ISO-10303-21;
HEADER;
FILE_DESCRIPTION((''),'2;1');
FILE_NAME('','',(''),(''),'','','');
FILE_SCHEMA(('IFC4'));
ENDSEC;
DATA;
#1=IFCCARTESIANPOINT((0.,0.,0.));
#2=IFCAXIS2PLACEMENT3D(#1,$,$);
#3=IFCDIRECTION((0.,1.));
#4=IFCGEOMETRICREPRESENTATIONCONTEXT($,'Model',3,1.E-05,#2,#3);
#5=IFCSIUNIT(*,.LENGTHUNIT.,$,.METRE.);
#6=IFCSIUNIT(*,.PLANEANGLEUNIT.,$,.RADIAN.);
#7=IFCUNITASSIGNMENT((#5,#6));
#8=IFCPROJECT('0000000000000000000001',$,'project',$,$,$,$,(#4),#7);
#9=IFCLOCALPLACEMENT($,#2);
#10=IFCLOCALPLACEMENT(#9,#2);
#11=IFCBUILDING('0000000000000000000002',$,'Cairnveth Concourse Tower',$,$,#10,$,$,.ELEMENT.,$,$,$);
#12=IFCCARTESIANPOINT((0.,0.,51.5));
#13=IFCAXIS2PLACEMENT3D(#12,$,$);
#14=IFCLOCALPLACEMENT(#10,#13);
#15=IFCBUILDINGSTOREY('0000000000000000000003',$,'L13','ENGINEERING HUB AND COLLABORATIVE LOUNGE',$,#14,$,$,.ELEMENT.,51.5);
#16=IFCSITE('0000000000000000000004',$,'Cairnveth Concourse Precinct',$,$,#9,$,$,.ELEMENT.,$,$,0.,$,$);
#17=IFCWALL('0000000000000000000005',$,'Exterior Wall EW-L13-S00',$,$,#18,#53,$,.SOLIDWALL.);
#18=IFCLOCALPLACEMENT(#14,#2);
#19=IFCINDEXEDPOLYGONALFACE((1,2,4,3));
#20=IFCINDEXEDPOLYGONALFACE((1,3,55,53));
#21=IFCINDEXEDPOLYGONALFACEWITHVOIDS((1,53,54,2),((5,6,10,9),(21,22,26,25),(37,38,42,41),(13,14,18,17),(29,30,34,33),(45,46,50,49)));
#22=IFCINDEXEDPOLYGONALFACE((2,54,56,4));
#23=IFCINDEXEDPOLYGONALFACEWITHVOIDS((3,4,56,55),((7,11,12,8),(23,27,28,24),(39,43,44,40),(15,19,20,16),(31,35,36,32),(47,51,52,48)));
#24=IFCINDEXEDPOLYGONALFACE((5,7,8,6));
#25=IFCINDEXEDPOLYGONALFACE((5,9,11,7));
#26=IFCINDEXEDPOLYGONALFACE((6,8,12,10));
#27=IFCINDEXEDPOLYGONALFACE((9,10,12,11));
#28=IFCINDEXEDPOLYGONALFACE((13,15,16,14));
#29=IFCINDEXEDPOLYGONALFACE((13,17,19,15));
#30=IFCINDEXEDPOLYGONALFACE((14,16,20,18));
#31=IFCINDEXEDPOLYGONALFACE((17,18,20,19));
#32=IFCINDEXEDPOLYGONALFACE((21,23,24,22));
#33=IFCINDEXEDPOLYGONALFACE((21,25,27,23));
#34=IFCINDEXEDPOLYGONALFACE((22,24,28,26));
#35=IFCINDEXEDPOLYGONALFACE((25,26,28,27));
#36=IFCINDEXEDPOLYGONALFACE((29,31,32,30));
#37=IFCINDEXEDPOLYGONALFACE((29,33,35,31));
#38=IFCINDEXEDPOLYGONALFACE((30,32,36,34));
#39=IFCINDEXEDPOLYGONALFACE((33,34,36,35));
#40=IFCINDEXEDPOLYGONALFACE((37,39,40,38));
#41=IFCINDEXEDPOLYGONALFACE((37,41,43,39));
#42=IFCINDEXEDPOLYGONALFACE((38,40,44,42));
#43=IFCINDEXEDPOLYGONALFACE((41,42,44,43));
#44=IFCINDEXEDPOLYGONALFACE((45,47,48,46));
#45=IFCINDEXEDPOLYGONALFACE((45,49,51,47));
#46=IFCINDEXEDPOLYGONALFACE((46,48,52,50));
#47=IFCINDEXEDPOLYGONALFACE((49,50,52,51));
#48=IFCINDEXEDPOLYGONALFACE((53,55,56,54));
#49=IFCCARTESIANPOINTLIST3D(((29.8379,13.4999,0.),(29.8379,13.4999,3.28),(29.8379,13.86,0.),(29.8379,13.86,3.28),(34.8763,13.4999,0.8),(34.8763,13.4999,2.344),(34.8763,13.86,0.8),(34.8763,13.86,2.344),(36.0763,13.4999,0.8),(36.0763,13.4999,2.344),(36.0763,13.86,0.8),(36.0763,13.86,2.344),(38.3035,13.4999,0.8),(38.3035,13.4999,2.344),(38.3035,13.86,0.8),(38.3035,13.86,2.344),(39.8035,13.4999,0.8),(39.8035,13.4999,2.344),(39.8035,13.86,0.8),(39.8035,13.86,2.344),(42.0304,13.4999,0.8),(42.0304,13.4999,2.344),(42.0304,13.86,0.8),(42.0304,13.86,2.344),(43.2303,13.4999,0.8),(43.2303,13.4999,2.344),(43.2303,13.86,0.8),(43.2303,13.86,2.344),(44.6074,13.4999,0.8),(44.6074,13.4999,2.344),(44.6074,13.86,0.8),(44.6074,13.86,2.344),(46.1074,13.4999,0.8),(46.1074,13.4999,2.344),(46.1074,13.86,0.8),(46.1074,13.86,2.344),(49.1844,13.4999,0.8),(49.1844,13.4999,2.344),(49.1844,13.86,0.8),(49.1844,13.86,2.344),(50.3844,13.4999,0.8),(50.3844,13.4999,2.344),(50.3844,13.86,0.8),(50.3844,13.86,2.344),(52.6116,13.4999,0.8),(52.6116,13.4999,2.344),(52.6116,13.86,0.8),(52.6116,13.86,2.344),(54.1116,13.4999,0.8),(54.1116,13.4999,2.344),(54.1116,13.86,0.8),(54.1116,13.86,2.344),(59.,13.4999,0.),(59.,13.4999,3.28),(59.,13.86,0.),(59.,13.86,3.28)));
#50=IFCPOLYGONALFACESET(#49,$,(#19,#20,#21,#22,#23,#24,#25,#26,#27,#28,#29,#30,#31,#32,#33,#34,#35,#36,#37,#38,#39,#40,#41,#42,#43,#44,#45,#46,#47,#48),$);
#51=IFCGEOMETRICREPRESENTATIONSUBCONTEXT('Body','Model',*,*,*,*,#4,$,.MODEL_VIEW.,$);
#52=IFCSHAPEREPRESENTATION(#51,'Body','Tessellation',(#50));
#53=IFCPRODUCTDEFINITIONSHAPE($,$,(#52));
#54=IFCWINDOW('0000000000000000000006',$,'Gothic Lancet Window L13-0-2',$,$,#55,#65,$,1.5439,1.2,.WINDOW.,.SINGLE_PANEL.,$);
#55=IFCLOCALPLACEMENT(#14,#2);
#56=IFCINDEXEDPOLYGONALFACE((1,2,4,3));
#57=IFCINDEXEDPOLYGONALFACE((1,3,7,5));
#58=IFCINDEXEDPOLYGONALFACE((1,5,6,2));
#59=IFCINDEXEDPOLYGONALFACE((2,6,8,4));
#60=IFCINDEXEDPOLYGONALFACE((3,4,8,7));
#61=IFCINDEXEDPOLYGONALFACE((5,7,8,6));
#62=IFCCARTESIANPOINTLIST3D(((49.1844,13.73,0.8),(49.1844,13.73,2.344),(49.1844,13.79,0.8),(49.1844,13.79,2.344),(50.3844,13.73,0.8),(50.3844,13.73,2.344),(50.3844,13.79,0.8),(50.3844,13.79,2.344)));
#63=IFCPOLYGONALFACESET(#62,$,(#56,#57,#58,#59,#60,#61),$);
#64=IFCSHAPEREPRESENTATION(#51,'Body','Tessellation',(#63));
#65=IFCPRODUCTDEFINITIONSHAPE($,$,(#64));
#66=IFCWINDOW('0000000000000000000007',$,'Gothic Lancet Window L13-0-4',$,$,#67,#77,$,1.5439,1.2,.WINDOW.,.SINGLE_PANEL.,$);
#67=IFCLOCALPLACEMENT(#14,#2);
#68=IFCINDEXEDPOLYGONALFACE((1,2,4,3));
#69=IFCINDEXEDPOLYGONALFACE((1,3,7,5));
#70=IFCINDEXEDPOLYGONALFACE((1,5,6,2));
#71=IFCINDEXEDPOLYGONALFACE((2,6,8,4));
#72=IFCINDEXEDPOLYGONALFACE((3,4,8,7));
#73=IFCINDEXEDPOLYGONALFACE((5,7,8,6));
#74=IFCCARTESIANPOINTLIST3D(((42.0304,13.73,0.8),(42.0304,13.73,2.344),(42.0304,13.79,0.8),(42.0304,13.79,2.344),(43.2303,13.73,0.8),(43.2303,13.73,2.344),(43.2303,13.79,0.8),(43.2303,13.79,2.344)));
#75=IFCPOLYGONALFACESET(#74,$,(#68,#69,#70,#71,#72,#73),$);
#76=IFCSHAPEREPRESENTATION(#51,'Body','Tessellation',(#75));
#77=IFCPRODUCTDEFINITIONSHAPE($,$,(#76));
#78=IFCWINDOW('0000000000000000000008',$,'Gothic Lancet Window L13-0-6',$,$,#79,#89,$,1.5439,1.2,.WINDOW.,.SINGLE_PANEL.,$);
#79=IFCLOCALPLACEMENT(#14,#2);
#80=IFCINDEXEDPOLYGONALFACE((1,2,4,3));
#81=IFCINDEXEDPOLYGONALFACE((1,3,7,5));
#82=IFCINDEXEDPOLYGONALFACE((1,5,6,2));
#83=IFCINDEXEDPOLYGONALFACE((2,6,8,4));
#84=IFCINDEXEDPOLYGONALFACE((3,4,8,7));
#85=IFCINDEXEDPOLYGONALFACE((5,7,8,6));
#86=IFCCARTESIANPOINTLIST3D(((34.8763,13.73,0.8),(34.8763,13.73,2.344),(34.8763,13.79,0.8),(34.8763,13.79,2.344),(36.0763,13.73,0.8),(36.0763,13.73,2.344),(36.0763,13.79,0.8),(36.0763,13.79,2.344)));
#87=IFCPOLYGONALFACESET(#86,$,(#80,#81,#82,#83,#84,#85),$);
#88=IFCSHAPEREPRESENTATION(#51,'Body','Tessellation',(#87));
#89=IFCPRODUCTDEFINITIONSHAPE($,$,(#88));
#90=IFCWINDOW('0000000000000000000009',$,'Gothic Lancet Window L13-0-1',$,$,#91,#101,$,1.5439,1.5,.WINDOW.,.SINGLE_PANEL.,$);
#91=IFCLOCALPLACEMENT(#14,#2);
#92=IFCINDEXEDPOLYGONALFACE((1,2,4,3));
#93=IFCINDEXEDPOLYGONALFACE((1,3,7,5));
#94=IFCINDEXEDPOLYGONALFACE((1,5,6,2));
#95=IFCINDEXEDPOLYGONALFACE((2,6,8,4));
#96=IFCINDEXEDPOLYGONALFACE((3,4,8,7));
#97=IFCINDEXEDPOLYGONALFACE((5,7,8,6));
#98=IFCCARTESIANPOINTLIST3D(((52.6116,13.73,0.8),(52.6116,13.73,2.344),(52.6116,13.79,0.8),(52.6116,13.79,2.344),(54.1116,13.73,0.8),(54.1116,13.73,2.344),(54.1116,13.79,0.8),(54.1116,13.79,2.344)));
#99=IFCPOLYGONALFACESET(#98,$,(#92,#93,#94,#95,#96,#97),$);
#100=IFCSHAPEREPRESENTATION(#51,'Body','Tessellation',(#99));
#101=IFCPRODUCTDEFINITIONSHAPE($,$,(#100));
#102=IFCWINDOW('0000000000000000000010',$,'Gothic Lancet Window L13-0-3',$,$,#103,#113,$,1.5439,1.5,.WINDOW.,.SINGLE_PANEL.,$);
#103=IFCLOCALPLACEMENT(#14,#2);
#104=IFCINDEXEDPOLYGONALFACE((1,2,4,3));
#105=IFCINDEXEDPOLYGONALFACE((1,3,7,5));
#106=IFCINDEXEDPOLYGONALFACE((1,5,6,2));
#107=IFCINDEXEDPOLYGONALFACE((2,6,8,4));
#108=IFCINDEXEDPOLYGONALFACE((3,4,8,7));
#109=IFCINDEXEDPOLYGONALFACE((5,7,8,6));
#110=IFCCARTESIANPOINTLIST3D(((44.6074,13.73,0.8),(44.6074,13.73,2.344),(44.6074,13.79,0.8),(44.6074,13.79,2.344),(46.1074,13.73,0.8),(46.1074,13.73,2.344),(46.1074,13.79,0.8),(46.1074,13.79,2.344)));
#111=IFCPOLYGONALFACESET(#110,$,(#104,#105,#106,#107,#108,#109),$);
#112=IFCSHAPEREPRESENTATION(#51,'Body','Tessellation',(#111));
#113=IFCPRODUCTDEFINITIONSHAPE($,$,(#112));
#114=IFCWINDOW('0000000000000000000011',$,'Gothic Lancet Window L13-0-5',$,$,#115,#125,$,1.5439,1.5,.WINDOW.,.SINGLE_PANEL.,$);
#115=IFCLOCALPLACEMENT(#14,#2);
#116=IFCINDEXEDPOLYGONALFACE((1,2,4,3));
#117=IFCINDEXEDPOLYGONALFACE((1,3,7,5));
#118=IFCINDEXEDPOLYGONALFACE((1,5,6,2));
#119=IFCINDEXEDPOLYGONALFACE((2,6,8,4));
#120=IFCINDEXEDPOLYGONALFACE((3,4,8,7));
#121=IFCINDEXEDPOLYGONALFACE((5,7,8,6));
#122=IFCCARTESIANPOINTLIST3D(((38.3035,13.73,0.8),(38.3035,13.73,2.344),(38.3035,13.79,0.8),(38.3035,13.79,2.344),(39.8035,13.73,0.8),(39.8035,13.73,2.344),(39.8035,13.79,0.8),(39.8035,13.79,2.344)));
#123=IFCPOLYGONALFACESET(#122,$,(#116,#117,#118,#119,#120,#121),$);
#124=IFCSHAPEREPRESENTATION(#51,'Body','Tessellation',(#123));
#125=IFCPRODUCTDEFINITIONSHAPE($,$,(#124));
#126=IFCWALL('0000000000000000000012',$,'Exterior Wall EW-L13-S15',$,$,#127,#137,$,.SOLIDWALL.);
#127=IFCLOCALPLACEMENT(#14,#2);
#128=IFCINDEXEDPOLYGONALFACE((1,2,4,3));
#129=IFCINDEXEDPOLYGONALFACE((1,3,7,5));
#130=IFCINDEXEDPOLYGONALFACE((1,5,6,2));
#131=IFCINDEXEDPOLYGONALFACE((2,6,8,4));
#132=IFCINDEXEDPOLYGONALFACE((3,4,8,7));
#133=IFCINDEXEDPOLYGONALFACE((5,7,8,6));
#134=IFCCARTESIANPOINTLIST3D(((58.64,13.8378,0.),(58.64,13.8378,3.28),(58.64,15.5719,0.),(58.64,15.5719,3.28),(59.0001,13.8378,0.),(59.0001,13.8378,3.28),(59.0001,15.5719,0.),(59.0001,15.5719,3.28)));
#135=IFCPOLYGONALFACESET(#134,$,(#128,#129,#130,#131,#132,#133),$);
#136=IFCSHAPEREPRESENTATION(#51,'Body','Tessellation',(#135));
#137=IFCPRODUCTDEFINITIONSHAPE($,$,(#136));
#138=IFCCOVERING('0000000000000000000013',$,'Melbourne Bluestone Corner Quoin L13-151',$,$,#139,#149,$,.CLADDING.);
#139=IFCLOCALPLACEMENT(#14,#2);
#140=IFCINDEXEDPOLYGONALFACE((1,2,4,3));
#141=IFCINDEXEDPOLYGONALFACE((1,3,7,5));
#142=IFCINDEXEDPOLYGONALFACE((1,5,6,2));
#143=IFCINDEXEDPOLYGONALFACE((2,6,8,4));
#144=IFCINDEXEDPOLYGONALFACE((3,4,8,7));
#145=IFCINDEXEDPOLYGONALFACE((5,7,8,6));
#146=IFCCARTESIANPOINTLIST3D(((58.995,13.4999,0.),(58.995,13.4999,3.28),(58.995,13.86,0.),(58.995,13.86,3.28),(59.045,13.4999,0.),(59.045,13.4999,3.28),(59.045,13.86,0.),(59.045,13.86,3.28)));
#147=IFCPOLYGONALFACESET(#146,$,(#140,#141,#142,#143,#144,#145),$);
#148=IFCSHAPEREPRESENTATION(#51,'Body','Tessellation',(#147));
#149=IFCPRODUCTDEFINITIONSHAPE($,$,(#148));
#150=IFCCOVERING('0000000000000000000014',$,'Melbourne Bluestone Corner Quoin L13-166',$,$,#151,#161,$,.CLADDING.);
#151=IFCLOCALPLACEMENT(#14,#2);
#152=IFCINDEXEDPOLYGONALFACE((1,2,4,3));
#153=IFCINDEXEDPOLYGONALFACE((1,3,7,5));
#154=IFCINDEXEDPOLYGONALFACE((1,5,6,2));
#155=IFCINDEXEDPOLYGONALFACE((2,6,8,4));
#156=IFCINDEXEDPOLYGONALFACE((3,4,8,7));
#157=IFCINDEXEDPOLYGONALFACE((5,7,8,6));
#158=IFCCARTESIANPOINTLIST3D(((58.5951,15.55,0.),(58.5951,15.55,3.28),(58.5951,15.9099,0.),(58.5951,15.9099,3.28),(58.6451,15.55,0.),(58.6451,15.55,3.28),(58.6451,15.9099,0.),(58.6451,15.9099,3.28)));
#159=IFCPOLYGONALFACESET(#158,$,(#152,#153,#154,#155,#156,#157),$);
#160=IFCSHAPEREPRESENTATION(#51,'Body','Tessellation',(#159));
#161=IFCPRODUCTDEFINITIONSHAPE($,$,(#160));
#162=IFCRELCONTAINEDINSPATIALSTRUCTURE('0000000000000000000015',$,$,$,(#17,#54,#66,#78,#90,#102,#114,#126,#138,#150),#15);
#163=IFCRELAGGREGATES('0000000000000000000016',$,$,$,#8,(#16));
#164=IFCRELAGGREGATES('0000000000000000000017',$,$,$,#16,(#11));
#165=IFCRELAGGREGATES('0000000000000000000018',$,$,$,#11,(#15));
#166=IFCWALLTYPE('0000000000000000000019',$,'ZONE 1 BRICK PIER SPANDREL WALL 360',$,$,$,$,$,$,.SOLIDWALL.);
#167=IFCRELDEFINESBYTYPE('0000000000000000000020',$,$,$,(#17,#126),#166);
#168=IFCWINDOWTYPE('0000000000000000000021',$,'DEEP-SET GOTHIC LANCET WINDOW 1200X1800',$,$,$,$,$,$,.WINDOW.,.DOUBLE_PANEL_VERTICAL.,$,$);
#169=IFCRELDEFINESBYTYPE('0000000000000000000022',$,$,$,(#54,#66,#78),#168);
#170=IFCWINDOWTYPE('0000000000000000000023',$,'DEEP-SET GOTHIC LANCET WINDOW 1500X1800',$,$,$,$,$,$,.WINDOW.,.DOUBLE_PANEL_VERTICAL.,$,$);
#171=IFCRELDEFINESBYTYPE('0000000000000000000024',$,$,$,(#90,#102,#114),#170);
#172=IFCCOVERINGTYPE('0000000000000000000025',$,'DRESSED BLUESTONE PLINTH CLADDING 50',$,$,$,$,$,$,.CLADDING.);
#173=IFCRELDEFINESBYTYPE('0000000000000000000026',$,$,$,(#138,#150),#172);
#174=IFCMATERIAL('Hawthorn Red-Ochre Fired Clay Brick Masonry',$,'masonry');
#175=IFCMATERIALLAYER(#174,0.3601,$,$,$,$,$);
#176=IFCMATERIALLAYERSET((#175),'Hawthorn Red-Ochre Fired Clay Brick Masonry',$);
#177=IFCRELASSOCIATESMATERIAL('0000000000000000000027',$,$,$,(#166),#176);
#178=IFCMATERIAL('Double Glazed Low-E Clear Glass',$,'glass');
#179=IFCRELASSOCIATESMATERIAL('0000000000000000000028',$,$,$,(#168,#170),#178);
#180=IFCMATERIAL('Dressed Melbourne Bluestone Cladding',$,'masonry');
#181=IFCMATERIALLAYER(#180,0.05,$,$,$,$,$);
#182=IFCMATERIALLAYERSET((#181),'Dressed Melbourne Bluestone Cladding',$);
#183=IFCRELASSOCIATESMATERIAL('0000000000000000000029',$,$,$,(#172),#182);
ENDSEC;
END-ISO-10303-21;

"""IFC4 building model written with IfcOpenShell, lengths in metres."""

from ifc_helpers import new_model, si_unit, direction, frame, frame_2d, origin, place, context, subcontext, project, spatial, rectangle, extrude, material, layer, layer_set, type_object, element, fill, save


model = new_model("IFC4")

# Units and contexts
model_context = context("Model", 3, precision=1e-05, world=origin(), true_north=direction((0.0, 1.0)))
body_context = subcontext(model_context, "Body", "Model", "MODEL_VIEW")
ifc_project = project(units=[si_unit("LENGTHUNIT", "METRE"), si_unit("PLANEANGLEUNIT", "RADIAN")], contexts=[model_context])

# Site, building, storey
site_placement = place(None, origin())
site = spatial("IfcSite", under=ifc_project, at=site_placement, Name="Cairnveth Concourse Precinct", CompositionType="ELEMENT", RefElevation=0.0)
building_placement = place(site_placement, origin())
building = spatial("IfcBuilding", under=site, at=building_placement, Name="Cairnveth Concourse Tower", CompositionType="ELEMENT")
storey_placement = place(building_placement, frame((0.0, 0.0, 51.5)))
storey = spatial("IfcBuildingStorey", under=building, at=storey_placement, Name="L13", Description="ENGINEERING HUB AND COLLABORATIVE LOUNGE", CompositionType="ELEMENT", Elevation=51.5)

# Shared definitions
ifc_material_1 = material(Name="Dressed Melbourne Bluestone Cladding", Category="masonry")

# Wall, openings, windows
ifc_material_2 = material(Name="Hawthorn Red-Ochre Fired Clay Brick Masonry", Category="masonry")
ifc_layer_1 = layer(ifc_material_2, 0.3601)
ifc_layer_set_1 = layer_set([ifc_layer_1], Name="Hawthorn Red-Ochre Fired Clay Brick Masonry")
wall_type_1 = type_object("IfcWallType", Name="ZONE 1 BRICK PIER SPANDREL WALL 360", PredefinedType="SOLIDWALL", material=ifc_layer_set_1)
wall_1_placement = place(storey_placement, frame((59.0, 13.6799, 0.0), z_axis=(0.0, 0.0, 1.0), x_axis=(-1.0, 0.0, 0.0)))
wall_1 = element("IfcWall", 1, at=wall_1_placement, inside=storey, type_object=wall_type_1, Name="Exterior Wall EW-L13-S00", PredefinedType="SOLIDWALL", context=body_context, shape_type="SweptSolid", body=[
    extrude(rectangle(XDim=29.1621, YDim=0.3601, at=frame_2d((14.5811, 0.0))), origin(), (0.0, 0.0, 1.0), 3.28),
])
opening_1_placement = place(wall_1_placement, frame((4.8884, 0.0, 0.8)))
opening_1 = element("IfcOpeningElement", 2, at=opening_1_placement, cuts=wall_1, PredefinedType="OPENING", context=body_context, shape_type="SweptSolid", body=[
    extrude(rectangle(XDim=1.5, YDim=1.5439, at=frame_2d((0.75, 0.772))), frame((0.0, 0.1899, 0.0), z_axis=(0.0, -1.0, 0.0), x_axis=(1.0, 0.0, 0.0)), (0.0, 0.0, 1.0), 0.3801),
])
opening_2_placement = place(wall_1_placement, frame((8.6155, 0.0, 0.8)))
opening_2 = element("IfcOpeningElement", 3, at=opening_2_placement, cuts=wall_1, PredefinedType="OPENING", context=body_context, shape_type="SweptSolid", body=[
    extrude(rectangle(XDim=1.2, YDim=1.5439, at=frame_2d((0.6001, 0.772))), frame((0.0, 0.1899, 0.0), z_axis=(0.0, -1.0, 0.0), x_axis=(1.0, 0.0, 0.0)), (0.0, 0.0, 1.0), 0.3801),
])
opening_3_placement = place(wall_1_placement, frame((12.8926, 0.0, 0.8)))
opening_3 = element("IfcOpeningElement", 4, at=opening_3_placement, cuts=wall_1, PredefinedType="OPENING", context=body_context, shape_type="SweptSolid", body=[
    extrude(rectangle(XDim=1.5, YDim=1.5439, at=frame_2d((0.75, 0.772))), frame((0.0, 0.1899, 0.0), z_axis=(0.0, -1.0, 0.0), x_axis=(1.0, 0.0, 0.0)), (0.0, 0.0, 1.0), 0.3801),
])
opening_4_placement = place(wall_1_placement, frame((15.7695, 0.0, 0.8)))
opening_4 = element("IfcOpeningElement", 5, at=opening_4_placement, cuts=wall_1, PredefinedType="OPENING", context=body_context, shape_type="SweptSolid", body=[
    extrude(rectangle(XDim=1.2, YDim=1.5439, at=frame_2d((0.6001, 0.772))), frame((0.0, 0.1899, 0.0), z_axis=(0.0, -1.0, 0.0), x_axis=(1.0, 0.0, 0.0)), (0.0, 0.0, 1.0), 0.3801),
])
opening_5_placement = place(wall_1_placement, frame((19.1965, 0.0, 0.8)))
opening_5 = element("IfcOpeningElement", 6, at=opening_5_placement, cuts=wall_1, PredefinedType="OPENING", context=body_context, shape_type="SweptSolid", body=[
    extrude(rectangle(XDim=1.5, YDim=1.5439, at=frame_2d((0.75, 0.772))), frame((0.0, 0.1899, 0.0), z_axis=(0.0, -1.0, 0.0), x_axis=(1.0, 0.0, 0.0)), (0.0, 0.0, 1.0), 0.3801),
])
opening_6_placement = place(wall_1_placement, frame((22.9236, 0.0, 0.8)))
opening_6 = element("IfcOpeningElement", 7, at=opening_6_placement, cuts=wall_1, PredefinedType="OPENING", context=body_context, shape_type="SweptSolid", body=[
    extrude(rectangle(XDim=1.2, YDim=1.5439, at=frame_2d((0.6001, 0.772))), frame((0.0, 0.1899, 0.0), z_axis=(0.0, -1.0, 0.0), x_axis=(1.0, 0.0, 0.0)), (0.0, 0.0, 1.0), 0.3801),
])
ifc_material_3 = material(Name="Double Glazed Low-E Clear Glass", Category="glass")
window_type_1 = type_object("IfcWindowType", Name="DEEP-SET GOTHIC LANCET WINDOW 1200X1800", PartitioningType="DOUBLE_PANEL_VERTICAL", PredefinedType="WINDOW", material=ifc_material_3)
window_1_placement = place(opening_2_placement, origin())
window_1 = element("IfcWindow", 8, at=window_1_placement, inside=storey, type_object=window_type_1, Name="Gothic Lancet Window L13-0-2", OverallHeight=1.5439, OverallWidth=1.2, PartitioningType="SINGLE_PANEL", PredefinedType="WINDOW", context=body_context, shape_type="SweptSolid", body=[
    extrude(rectangle(XDim=1.2, YDim=1.5439, at=frame_2d((0.6001, 0.772))), frame((0.0, -0.05, 0.0), z_axis=(0.0, -1.0, 0.0), x_axis=(1.0, 0.0, 0.0)), (0.0, 0.0, 1.0), 0.0601),
])
fill(opening_2, window_1)
window_2_placement = place(opening_4_placement, origin())
window_2 = element("IfcWindow", 9, at=window_2_placement, inside=storey, type_object=window_type_1, Name="Gothic Lancet Window L13-0-4", OverallHeight=1.5439, OverallWidth=1.2, PartitioningType="SINGLE_PANEL", PredefinedType="WINDOW", context=body_context, shape_type="SweptSolid", body=[
    extrude(rectangle(XDim=1.2, YDim=1.5439, at=frame_2d((0.6001, 0.772))), frame((0.0, -0.05, 0.0), z_axis=(0.0, -1.0, 0.0), x_axis=(1.0, 0.0, 0.0)), (0.0, 0.0, 1.0), 0.0601),
])
fill(opening_4, window_2)
window_3_placement = place(opening_6_placement, origin())
window_3 = element("IfcWindow", 10, at=window_3_placement, inside=storey, type_object=window_type_1, Name="Gothic Lancet Window L13-0-6", OverallHeight=1.5439, OverallWidth=1.2, PartitioningType="SINGLE_PANEL", PredefinedType="WINDOW", context=body_context, shape_type="SweptSolid", body=[
    extrude(rectangle(XDim=1.2, YDim=1.5439, at=frame_2d((0.6001, 0.772))), frame((0.0, -0.05, 0.0), z_axis=(0.0, -1.0, 0.0), x_axis=(1.0, 0.0, 0.0)), (0.0, 0.0, 1.0), 0.0601),
])
fill(opening_6, window_3)
window_type_2 = type_object("IfcWindowType", Name="DEEP-SET GOTHIC LANCET WINDOW 1500X1800", PartitioningType="DOUBLE_PANEL_VERTICAL", PredefinedType="WINDOW", material=ifc_material_3)
window_4_placement = place(opening_1_placement, origin())
window_4 = element("IfcWindow", 11, at=window_4_placement, inside=storey, type_object=window_type_2, Name="Gothic Lancet Window L13-0-1", OverallHeight=1.5439, OverallWidth=1.5, PartitioningType="SINGLE_PANEL", PredefinedType="WINDOW", context=body_context, shape_type="SweptSolid", body=[
    extrude(rectangle(XDim=1.5, YDim=1.5439, at=frame_2d((0.75, 0.772))), frame((0.0, -0.05, 0.0), z_axis=(0.0, -1.0, 0.0), x_axis=(1.0, 0.0, 0.0)), (0.0, 0.0, 1.0), 0.0601),
])
fill(opening_1, window_4)
window_5_placement = place(opening_3_placement, origin())
window_5 = element("IfcWindow", 12, at=window_5_placement, inside=storey, type_object=window_type_2, Name="Gothic Lancet Window L13-0-3", OverallHeight=1.5439, OverallWidth=1.5, PartitioningType="SINGLE_PANEL", PredefinedType="WINDOW", context=body_context, shape_type="SweptSolid", body=[
    extrude(rectangle(XDim=1.5, YDim=1.5439, at=frame_2d((0.75, 0.772))), frame((0.0, -0.05, 0.0), z_axis=(0.0, -1.0, 0.0), x_axis=(1.0, 0.0, 0.0)), (0.0, 0.0, 1.0), 0.0601),
])
fill(opening_3, window_5)
window_6_placement = place(opening_5_placement, origin())
window_6 = element("IfcWindow", 13, at=window_6_placement, inside=storey, type_object=window_type_2, Name="Gothic Lancet Window L13-0-5", OverallHeight=1.5439, OverallWidth=1.5, PartitioningType="SINGLE_PANEL", PredefinedType="WINDOW", context=body_context, shape_type="SweptSolid", body=[
    extrude(rectangle(XDim=1.5, YDim=1.5439, at=frame_2d((0.75, 0.772))), frame((0.0, -0.05, 0.0), z_axis=(0.0, -1.0, 0.0), x_axis=(1.0, 0.0, 0.0)), (0.0, 0.0, 1.0), 0.0601),
])
fill(opening_5, window_6)

# Wall
wall_2_placement = place(storey_placement, frame((58.8201, 15.572, 0.0), z_axis=(0.0, 0.0, 1.0), x_axis=(0.0, -1.0, 0.0)))
element("IfcWall", 14, at=wall_2_placement, inside=storey, type_object=wall_type_1, Name="Exterior Wall EW-L13-S15", PredefinedType="SOLIDWALL", context=body_context, shape_type="SweptSolid", body=[
    extrude(rectangle(XDim=1.7341, YDim=0.3601, at=frame_2d((0.8672, 0.0))), origin(), (0.0, 0.0, 1.0), 3.28),
])

# Coverings
ifc_layer_2 = layer(ifc_material_1, 0.05)
ifc_layer_set_2 = layer_set([ifc_layer_2], Name="Dressed Melbourne Bluestone Cladding")
covering_type = type_object("IfcCoveringType", Name="DRESSED BLUESTONE PLINTH CLADDING 50", PredefinedType="CLADDING", material=ifc_layer_set_2)
covering_1_placement = place(storey_placement, frame((59.02, 13.8601, 0.0), z_axis=(0.0, 0.0, 1.0), x_axis=(0.0, -1.0, 0.0)))
element("IfcCovering", 15, at=covering_1_placement, inside=storey, type_object=covering_type, Name="Melbourne Bluestone Corner Quoin L13-151", PredefinedType="CLADDING", context=body_context, shape_type="SweptSolid", body=[
    extrude(rectangle(XDim=0.3601, YDim=0.05, at=frame_2d((0.1802, 0.0))), origin(), (0.0, 0.0, 1.0), 3.28),
])
covering_2_placement = place(storey_placement, frame((58.6201, 15.9099, 0.0), z_axis=(0.0, 0.0, 1.0), x_axis=(0.0, -1.0, 0.0)))
element("IfcCovering", 16, at=covering_2_placement, inside=storey, type_object=covering_type, Name="Melbourne Bluestone Corner Quoin L13-166", PredefinedType="CLADDING", context=body_context, shape_type="SweptSolid", body=[
    extrude(rectangle(XDim=0.3599, YDim=0.05, at=frame_2d((0.1799, 0.0))), origin(), (0.0, 0.0, 1.0), 3.28),
])

save(model, "model.ifc")
